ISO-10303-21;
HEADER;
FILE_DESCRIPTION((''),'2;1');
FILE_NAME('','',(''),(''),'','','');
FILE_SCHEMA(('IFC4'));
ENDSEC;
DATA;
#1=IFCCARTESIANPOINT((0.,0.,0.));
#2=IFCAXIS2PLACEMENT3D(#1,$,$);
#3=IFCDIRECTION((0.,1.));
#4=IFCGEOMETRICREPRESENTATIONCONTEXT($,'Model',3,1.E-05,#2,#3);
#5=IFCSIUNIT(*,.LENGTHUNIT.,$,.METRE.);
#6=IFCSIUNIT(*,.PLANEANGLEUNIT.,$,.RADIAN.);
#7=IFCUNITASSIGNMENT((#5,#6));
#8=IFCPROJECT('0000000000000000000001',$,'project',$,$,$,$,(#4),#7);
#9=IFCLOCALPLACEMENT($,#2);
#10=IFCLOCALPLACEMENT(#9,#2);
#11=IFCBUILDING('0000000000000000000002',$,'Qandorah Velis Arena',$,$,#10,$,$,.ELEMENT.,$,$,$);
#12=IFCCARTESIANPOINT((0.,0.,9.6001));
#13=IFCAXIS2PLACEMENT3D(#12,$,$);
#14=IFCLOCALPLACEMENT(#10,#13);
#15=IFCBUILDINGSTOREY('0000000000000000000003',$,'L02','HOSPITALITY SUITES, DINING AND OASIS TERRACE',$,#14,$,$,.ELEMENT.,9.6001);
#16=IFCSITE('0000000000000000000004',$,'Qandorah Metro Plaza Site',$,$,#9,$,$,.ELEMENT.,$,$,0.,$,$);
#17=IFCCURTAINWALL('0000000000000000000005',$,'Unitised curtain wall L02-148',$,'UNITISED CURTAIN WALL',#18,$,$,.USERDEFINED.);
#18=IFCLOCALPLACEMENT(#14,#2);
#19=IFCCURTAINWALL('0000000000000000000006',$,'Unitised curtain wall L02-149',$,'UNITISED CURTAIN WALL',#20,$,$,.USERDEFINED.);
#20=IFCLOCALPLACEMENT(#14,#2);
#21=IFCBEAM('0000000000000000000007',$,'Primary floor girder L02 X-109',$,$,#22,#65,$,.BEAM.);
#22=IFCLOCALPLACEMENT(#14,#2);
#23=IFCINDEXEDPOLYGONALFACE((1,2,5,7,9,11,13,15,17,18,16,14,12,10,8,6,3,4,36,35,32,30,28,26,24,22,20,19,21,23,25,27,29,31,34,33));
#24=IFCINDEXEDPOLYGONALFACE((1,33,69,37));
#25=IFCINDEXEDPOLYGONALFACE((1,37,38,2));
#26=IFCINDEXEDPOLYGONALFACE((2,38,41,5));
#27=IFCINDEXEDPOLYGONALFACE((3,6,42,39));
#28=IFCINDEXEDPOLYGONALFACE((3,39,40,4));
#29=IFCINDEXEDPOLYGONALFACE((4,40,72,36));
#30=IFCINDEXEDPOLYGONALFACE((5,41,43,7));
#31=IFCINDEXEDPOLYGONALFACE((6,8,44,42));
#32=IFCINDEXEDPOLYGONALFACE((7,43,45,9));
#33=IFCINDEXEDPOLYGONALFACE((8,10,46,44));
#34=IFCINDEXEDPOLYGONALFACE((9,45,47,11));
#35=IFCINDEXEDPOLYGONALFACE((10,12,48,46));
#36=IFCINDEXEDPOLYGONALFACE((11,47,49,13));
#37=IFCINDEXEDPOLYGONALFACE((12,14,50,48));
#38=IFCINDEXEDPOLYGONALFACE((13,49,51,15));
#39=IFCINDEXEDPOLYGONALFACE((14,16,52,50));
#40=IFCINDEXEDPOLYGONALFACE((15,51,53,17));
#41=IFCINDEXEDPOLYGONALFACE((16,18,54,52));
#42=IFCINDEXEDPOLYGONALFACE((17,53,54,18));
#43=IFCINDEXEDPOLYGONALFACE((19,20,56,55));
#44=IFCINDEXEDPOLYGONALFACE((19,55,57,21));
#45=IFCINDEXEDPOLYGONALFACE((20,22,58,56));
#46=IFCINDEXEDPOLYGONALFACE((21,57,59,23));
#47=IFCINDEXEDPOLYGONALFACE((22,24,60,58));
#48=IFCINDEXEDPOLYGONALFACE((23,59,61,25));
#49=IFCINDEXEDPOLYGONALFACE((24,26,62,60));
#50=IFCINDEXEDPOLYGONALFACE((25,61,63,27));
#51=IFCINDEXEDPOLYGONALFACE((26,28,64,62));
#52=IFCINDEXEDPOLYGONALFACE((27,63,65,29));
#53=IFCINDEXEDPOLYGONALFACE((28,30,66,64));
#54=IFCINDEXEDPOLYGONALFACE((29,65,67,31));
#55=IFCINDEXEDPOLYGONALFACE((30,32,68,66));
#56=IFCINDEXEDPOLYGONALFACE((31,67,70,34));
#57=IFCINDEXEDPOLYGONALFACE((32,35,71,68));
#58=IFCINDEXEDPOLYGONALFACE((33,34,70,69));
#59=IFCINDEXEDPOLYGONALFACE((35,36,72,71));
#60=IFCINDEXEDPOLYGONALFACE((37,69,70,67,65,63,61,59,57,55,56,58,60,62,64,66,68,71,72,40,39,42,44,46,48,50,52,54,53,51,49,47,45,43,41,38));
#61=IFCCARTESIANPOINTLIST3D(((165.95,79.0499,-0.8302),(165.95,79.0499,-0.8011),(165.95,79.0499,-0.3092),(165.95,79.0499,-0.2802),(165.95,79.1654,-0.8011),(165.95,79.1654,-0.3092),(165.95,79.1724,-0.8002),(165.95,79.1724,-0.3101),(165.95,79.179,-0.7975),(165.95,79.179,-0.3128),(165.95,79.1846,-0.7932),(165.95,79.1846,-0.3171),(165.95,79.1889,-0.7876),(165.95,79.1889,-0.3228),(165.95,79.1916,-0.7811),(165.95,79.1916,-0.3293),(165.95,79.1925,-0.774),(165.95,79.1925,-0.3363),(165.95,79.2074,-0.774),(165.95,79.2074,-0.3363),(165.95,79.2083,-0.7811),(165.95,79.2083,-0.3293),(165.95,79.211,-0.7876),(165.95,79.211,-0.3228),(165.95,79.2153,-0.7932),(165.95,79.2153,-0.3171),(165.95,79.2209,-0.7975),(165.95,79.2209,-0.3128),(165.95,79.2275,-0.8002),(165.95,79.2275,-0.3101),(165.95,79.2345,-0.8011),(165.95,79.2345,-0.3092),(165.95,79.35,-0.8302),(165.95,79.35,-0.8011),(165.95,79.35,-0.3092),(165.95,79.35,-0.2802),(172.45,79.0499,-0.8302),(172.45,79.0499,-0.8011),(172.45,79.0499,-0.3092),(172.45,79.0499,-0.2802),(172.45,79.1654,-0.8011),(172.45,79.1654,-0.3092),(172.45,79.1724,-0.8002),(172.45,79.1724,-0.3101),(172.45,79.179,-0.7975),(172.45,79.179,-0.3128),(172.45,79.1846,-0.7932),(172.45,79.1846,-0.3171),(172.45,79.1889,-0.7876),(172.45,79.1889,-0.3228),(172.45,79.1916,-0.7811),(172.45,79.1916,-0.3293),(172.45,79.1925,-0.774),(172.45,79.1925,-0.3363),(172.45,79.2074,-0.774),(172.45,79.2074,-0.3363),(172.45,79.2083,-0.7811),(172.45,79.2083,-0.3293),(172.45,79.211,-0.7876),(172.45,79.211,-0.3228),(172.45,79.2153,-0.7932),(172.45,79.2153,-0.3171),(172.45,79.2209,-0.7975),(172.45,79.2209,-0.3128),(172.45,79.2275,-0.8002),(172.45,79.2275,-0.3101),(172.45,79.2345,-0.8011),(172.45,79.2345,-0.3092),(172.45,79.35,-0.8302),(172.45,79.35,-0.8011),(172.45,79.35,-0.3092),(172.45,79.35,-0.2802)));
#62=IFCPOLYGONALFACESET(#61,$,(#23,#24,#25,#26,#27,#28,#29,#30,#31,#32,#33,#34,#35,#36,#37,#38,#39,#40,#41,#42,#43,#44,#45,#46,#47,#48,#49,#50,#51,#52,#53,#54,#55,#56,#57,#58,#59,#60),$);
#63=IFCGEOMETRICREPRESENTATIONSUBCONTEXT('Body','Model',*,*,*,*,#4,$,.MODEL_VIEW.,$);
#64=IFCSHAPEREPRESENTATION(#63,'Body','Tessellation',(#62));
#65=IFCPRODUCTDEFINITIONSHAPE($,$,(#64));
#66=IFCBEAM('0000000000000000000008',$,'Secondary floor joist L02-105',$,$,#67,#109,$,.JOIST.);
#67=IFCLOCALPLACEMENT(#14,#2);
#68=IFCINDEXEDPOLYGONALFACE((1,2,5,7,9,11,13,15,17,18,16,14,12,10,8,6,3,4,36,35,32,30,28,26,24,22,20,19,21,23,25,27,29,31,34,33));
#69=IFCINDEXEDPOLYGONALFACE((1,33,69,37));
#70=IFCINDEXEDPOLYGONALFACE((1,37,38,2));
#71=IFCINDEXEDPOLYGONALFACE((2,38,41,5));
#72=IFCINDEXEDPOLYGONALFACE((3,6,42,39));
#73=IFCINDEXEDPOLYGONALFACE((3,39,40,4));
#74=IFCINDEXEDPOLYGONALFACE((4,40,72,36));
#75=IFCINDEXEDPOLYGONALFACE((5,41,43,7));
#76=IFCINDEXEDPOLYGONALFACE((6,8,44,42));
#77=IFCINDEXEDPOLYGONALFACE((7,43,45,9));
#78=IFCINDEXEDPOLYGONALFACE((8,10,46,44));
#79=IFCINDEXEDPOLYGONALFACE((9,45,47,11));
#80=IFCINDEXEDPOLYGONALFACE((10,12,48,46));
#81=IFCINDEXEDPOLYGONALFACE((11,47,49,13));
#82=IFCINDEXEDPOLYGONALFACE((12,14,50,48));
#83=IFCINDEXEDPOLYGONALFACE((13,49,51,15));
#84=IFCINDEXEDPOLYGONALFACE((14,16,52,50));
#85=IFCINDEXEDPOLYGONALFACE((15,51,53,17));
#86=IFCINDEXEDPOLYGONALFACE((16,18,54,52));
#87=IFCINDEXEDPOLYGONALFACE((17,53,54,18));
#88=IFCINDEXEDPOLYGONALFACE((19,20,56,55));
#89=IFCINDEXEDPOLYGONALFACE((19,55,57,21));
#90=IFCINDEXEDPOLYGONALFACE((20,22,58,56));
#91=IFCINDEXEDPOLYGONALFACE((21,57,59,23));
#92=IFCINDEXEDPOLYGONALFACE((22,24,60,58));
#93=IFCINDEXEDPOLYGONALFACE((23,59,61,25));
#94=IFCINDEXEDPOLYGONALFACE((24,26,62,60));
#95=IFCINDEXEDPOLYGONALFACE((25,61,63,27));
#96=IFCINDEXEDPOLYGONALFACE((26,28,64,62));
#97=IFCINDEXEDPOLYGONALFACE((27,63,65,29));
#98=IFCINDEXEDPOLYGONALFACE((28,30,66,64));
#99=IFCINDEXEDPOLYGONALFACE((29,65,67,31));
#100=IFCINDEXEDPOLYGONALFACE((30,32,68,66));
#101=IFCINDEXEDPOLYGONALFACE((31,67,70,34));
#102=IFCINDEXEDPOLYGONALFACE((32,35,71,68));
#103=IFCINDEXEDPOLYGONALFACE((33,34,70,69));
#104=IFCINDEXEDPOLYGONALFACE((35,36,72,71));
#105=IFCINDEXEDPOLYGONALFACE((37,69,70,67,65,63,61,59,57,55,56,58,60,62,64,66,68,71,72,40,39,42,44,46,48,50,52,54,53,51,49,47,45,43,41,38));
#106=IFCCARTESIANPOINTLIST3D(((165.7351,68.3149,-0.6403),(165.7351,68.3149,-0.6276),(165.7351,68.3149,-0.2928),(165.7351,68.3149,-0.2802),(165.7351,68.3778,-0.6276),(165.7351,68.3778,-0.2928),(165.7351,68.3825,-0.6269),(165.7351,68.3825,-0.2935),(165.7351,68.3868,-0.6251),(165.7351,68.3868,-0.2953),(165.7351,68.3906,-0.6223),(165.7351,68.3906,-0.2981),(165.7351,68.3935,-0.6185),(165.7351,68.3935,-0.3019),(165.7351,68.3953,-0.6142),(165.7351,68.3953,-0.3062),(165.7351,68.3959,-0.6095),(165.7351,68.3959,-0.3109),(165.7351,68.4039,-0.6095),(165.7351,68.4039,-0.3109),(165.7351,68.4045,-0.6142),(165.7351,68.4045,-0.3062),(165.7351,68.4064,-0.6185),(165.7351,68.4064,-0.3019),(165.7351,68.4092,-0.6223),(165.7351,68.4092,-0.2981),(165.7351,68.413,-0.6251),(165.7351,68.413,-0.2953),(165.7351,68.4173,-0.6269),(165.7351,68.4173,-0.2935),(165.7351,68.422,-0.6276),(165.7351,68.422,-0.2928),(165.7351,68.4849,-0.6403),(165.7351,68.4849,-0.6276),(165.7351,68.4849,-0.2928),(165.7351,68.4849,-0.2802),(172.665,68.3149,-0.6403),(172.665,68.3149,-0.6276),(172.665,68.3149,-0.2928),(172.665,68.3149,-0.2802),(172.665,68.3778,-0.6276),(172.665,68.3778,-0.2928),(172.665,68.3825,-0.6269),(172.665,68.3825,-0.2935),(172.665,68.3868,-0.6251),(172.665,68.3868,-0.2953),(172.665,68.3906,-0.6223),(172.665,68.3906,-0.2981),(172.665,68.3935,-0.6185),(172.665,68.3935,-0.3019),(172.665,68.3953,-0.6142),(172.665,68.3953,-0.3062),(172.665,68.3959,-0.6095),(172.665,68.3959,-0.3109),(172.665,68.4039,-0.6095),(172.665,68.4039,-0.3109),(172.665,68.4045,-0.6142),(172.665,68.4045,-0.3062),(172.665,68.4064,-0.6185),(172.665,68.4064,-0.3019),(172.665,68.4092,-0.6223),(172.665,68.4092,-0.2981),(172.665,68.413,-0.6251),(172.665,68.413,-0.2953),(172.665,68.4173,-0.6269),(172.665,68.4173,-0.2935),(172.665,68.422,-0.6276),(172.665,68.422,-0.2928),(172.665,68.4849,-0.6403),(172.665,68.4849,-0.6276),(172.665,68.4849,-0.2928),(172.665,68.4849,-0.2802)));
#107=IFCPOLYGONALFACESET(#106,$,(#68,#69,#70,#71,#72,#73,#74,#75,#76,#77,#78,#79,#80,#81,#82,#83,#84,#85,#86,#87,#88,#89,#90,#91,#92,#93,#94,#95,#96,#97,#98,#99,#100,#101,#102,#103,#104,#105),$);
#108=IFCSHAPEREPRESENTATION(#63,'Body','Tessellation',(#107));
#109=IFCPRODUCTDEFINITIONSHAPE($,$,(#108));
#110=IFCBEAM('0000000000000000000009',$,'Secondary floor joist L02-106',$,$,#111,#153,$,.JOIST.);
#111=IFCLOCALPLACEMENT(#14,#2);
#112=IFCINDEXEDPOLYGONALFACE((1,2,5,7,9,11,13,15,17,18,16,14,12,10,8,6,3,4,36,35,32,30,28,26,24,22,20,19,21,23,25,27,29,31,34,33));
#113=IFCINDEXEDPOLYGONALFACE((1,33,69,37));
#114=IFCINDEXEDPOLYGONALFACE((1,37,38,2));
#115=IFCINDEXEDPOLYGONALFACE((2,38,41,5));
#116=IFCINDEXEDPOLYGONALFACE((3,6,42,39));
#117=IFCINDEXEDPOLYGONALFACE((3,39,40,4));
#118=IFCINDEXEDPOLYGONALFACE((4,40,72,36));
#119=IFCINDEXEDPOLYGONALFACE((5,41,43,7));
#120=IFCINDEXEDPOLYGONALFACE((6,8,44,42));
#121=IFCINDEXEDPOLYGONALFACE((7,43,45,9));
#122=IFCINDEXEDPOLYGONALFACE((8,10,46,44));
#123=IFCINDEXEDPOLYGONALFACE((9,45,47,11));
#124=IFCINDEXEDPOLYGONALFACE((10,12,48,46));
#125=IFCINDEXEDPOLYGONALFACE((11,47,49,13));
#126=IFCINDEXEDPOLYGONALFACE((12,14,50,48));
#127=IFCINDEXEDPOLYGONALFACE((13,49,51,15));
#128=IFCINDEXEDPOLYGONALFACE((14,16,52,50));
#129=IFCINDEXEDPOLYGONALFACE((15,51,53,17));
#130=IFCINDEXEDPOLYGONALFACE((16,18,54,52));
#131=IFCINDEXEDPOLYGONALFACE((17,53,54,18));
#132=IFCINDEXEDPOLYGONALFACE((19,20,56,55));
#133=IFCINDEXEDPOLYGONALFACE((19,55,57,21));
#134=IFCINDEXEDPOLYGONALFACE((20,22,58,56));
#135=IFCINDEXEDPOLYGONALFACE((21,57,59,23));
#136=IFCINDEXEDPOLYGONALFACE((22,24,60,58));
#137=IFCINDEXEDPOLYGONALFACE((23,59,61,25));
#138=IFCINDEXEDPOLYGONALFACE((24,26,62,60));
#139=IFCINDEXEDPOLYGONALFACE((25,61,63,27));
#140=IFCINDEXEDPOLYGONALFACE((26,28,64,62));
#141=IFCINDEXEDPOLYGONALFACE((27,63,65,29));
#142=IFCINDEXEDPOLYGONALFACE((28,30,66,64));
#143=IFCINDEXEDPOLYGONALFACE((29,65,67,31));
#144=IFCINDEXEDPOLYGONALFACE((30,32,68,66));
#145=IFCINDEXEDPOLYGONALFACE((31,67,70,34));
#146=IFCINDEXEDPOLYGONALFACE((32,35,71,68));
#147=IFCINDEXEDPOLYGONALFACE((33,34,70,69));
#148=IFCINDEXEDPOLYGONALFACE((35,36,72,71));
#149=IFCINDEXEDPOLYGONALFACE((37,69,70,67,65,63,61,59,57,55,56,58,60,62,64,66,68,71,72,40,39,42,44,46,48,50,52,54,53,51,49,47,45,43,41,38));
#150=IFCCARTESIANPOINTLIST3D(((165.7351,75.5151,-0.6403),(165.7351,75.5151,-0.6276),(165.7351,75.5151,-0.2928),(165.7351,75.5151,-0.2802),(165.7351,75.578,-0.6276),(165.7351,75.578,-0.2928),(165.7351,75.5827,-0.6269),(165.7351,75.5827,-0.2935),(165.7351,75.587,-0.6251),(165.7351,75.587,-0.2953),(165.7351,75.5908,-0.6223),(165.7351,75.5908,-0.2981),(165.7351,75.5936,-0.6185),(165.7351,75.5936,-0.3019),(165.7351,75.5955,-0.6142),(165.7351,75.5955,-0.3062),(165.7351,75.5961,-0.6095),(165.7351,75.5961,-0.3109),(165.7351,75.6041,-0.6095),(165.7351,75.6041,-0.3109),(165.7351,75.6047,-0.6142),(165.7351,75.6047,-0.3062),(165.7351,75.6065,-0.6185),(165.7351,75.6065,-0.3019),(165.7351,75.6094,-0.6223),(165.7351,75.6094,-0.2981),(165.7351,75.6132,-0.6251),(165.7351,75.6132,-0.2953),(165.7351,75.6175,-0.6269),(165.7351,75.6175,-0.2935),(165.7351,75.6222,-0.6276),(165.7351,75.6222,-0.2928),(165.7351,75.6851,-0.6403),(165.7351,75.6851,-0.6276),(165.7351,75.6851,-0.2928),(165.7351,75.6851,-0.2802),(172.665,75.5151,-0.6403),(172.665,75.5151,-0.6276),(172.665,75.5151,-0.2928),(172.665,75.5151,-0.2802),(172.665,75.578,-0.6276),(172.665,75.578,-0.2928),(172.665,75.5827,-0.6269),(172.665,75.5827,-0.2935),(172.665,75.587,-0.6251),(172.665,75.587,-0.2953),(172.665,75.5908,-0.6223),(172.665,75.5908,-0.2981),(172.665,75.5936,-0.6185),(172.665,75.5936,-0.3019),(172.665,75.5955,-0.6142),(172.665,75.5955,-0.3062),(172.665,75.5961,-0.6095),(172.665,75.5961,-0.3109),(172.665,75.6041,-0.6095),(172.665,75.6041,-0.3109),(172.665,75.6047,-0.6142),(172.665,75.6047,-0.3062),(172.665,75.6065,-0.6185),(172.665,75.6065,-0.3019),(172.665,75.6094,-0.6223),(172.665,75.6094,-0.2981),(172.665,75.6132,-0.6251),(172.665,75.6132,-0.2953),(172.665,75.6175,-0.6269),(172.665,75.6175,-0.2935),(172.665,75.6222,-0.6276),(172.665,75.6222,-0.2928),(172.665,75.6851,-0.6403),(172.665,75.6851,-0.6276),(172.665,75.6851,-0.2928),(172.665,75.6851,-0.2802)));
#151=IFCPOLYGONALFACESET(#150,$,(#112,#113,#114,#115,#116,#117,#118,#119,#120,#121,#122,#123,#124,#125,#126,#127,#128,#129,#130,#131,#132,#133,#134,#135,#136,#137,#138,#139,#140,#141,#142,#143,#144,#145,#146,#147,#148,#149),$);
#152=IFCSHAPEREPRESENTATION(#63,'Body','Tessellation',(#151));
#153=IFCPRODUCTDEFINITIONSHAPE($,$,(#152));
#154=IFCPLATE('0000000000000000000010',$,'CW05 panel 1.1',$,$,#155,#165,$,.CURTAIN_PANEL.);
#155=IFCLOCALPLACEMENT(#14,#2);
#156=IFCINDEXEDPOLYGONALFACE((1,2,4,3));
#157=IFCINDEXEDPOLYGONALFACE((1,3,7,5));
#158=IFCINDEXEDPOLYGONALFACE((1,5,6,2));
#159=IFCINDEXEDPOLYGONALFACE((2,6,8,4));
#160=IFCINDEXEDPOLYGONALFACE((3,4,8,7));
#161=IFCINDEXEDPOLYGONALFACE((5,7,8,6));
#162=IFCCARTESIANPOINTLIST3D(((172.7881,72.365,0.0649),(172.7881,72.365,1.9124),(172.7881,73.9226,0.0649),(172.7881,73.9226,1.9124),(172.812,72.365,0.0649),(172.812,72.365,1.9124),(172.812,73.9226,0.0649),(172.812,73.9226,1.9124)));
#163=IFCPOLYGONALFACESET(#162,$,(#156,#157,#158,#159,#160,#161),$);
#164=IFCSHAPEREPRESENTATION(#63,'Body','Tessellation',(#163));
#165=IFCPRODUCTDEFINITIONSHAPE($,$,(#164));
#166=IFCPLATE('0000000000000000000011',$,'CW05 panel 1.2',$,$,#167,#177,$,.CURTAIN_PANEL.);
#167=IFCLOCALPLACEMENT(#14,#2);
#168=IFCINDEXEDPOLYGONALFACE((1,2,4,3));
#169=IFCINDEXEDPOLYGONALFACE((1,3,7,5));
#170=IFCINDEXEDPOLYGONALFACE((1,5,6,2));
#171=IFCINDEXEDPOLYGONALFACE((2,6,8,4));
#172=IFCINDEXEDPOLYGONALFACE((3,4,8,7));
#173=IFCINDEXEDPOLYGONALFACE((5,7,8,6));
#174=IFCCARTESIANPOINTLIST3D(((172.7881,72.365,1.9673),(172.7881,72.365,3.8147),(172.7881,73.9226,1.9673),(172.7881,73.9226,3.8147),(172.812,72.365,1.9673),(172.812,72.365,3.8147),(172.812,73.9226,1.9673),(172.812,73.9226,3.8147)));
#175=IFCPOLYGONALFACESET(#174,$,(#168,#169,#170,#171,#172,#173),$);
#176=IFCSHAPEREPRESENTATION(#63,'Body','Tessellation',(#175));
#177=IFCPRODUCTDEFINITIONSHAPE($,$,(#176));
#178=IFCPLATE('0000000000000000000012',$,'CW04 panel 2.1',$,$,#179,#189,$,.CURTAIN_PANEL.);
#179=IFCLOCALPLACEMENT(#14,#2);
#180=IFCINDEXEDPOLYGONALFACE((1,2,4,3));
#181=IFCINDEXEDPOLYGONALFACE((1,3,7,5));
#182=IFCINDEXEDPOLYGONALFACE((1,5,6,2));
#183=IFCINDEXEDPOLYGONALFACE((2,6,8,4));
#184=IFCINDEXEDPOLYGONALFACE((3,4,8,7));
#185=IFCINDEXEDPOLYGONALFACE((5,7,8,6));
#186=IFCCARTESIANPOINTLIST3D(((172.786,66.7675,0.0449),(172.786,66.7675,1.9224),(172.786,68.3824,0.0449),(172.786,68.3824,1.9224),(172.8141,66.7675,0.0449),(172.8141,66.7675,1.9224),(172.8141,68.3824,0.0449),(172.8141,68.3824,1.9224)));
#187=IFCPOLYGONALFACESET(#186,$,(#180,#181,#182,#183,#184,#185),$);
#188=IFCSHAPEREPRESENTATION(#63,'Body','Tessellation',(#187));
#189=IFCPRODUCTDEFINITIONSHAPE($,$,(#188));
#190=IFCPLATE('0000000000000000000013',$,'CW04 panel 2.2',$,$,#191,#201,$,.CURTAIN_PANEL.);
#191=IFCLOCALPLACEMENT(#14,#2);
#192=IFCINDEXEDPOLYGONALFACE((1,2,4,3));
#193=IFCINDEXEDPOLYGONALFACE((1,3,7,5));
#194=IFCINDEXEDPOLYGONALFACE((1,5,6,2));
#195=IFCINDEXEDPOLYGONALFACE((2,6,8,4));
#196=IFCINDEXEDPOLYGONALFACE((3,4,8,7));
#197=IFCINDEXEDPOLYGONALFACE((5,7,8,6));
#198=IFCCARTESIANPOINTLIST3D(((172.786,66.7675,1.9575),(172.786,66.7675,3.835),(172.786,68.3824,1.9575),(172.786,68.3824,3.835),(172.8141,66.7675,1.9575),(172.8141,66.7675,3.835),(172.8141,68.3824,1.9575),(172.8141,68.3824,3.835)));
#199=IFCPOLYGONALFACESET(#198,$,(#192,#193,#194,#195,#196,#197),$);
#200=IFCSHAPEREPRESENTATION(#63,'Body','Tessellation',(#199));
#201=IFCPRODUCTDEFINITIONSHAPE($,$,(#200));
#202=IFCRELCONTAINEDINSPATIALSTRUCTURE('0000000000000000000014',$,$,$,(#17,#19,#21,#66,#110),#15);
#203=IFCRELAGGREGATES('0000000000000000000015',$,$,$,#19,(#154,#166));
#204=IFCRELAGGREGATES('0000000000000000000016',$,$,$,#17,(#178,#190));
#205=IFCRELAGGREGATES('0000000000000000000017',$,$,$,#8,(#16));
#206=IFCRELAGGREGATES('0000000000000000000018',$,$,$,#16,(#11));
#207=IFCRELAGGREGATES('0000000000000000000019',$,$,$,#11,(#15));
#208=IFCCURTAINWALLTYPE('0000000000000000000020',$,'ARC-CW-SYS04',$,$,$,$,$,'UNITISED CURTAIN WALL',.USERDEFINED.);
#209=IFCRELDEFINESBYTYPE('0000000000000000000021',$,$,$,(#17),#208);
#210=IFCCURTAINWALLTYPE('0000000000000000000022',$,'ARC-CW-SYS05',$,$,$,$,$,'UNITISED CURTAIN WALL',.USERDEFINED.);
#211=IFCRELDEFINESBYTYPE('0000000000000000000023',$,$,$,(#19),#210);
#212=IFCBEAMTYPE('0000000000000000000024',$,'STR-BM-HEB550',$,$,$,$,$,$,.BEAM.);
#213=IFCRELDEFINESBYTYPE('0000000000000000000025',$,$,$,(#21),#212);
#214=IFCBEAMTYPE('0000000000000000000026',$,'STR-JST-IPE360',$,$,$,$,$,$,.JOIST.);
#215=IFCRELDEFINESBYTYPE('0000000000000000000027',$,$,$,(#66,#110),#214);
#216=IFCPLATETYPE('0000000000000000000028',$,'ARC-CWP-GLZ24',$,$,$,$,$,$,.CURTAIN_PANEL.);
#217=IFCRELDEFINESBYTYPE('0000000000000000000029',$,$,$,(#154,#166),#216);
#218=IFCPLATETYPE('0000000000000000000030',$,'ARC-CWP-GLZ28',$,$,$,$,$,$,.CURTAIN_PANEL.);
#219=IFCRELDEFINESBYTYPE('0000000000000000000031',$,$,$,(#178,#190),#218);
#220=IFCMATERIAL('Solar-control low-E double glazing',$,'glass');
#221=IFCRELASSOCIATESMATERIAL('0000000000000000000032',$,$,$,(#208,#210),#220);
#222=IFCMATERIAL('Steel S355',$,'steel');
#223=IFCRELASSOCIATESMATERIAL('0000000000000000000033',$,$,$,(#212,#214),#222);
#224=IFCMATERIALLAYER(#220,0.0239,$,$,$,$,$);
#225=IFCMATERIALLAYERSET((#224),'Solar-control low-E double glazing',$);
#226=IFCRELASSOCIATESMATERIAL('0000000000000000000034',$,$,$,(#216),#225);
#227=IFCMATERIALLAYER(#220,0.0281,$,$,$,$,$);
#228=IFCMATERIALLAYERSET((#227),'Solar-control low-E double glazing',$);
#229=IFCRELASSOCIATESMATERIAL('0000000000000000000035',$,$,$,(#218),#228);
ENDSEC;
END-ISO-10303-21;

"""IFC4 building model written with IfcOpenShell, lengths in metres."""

from ifc_helpers import new_model, si_unit, direction, frame, origin, origin_2d, place, context, subcontext, project, spatial, rectangle, i_section, extrude, material, layer, layer_set, material_profile, profile_set, type_object, element, aggregate, save


model = new_model("IFC4")

# Units and contexts
model_context = context("Model", 3, precision=1e-05, world=origin(), true_north=direction((0.0, 1.0)))
body_context = subcontext(model_context, "Body", "Model", "MODEL_VIEW")
ifc_project = project(units=[si_unit("LENGTHUNIT", "METRE"), si_unit("PLANEANGLEUNIT", "RADIAN")], contexts=[model_context])

# Site, building, storey
site_placement = place(None, origin())
site = spatial("IfcSite", under=ifc_project, at=site_placement, Name="Qandorah Metro Plaza Site", CompositionType="ELEMENT", RefElevation=0.0)
building_placement = place(site_placement, origin())
building = spatial("IfcBuilding", under=site, at=building_placement, Name="Qandorah Velis Arena", CompositionType="ELEMENT")
storey_placement = place(building_placement, frame((0.0, 0.0, 9.6001)))
storey = spatial("IfcBuildingStorey", under=building, at=storey_placement, Name="L02", Description="HOSPITALITY SUITES, DINING AND OASIS TERRACE", CompositionType="ELEMENT", Elevation=9.6001)

# Shared definitions
ifc_material_1 = material(Name="Steel S355", Category="steel")

# Curtain wall
ifc_material_2 = material(Name="Solar-control low-E double glazing", Category="glass")
curtain_wall_type_1 = type_object("IfcCurtainWallType", Name="ARC-CW-SYS04", ElementType="UNITISED CURTAIN WALL", PredefinedType="USERDEFINED", material=ifc_material_2)
curtain_wall_1_placement = place(storey_placement, origin())
curtain_wall_1 = element("IfcCurtainWall", 1, at=curtain_wall_1_placement, inside=storey, type_object=curtain_wall_type_1, Name="Unitised curtain wall L02-148", ObjectType="UNITISED CURTAIN WALL", PredefinedType="USERDEFINED")

# Curtain wall
curtain_wall_type_2 = type_object("IfcCurtainWallType", Name="ARC-CW-SYS05", ElementType="UNITISED CURTAIN WALL", PredefinedType="USERDEFINED", material=ifc_material_2)
curtain_wall_2_placement = place(storey_placement, origin())
curtain_wall_2 = element("IfcCurtainWall", 2, at=curtain_wall_2_placement, inside=storey, type_object=curtain_wall_type_2, Name="Unitised curtain wall L02-149", ObjectType="UNITISED CURTAIN WALL", PredefinedType="USERDEFINED")

# Beams
ifc_material_profile_1 = material_profile(ifc_material_1, i_section(OverallWidth=0.3, OverallDepth=0.55, WebThickness=0.0149, FlangeThickness=0.0291, FilletRadius=0.0271, at=origin_2d()), Name="HEB 550")
ifc_profile_set_1 = profile_set([ifc_material_profile_1], Name="Steel S355")
beam_type_1 = type_object("IfcBeamType", Name="STR-BM-HEB550", PredefinedType="BEAM", material=ifc_profile_set_1)
beam_1_placement = place(storey_placement, frame((165.95, 79.2, -0.5552), z_axis=(1.0, 0.0, 0.0), x_axis=(0.0, 1.0, 0.0)))
element("IfcBeam", 3, at=beam_1_placement, inside=storey, type_object=beam_type_1, Name="Primary floor girder L02 X-109", PredefinedType="BEAM", context=body_context, shape_type="SweptSolid", body=[
    extrude(i_section(OverallWidth=0.3, OverallDepth=0.55, WebThickness=0.0149, FlangeThickness=0.0291, FilletRadius=0.0271, at=origin_2d()), origin(), (0.0, 0.0, 1.0), 6.5),
])
ifc_material_profile_2 = material_profile(ifc_material_1, i_section(OverallWidth=0.1699, OverallDepth=0.3601, WebThickness=0.0081, FlangeThickness=0.0127, FilletRadius=0.0181, at=origin_2d()), Name="IPE 360")
ifc_profile_set_2 = profile_set([ifc_material_profile_2], Name="Steel S355")
beam_type_2 = type_object("IfcBeamType", Name="STR-JST-IPE360", PredefinedType="JOIST", material=ifc_profile_set_2)
for number, where, z_axis, x_axis, name in (
    (4, (165.7351, 68.3999, -0.4602), (1.0, 0.0, 0.0), (0.0, 1.0, 0.0), "Secondary floor joist L02-105"),
    (5, (165.7351, 75.6001, -0.4602), (1.0, 0.0, 0.0), (0.0, 1.0, 0.0), "Secondary floor joist L02-106"),
):
    element("IfcBeam", number, at=place(storey_placement, frame(where, z_axis=z_axis, x_axis=x_axis)), inside=storey, type_object=beam_type_2, Name=name, PredefinedType="JOIST", context=body_context, shape_type="SweptSolid", body=[
        extrude(i_section(OverallWidth=0.1699, OverallDepth=0.3601, WebThickness=0.0081, FlangeThickness=0.0127, FilletRadius=0.0181, at=origin_2d()), origin(), (0.0, 0.0, 1.0), 6.9299),
    ])

# Plates
ifc_layer_1 = layer(ifc_material_2, 0.0239)
ifc_layer_set_1 = layer_set([ifc_layer_1], Name="Solar-control low-E double glazing")
plate_type_1 = type_object("IfcPlateType", Name="ARC-CWP-GLZ24", PredefinedType="CURTAIN_PANEL", material=ifc_layer_set_1)
plate_1_placement = place(storey_placement, frame((172.8, 73.1438, 0.0649), z_axis=(0.0, 0.0, 1.0), x_axis=(0.0, 1.0, 0.0)))
plate_1 = element("IfcPlate", 6, at=plate_1_placement, type_object=plate_type_1, Name="CW05 panel 1.1", PredefinedType="CURTAIN_PANEL", context=body_context, shape_type="SweptSolid", body=[
    extrude(rectangle(XDim=1.5576, YDim=0.0239, at=origin_2d()), origin(), (0.0, 0.0, 1.0), 1.8474),
])
plate_2_placement = place(storey_placement, frame((172.8, 73.1438, 1.9673), z_axis=(0.0, 0.0, 1.0), x_axis=(0.0, 1.0, 0.0)))
plate_2 = element("IfcPlate", 7, at=plate_2_placement, type_object=plate_type_1, Name="CW05 panel 1.2", PredefinedType="CURTAIN_PANEL", context=body_context, shape_type="SweptSolid", body=[
    extrude(rectangle(XDim=1.5576, YDim=0.0239, at=origin_2d()), origin(), (0.0, 0.0, 1.0), 1.8474),
])
aggregate(curtain_wall_2, [plate_1, plate_2])
ifc_layer_2 = layer(ifc_material_2, 0.0281)
ifc_layer_set_2 = layer_set([ifc_layer_2], Name="Solar-control low-E double glazing")
plate_type_2 = type_object("IfcPlateType", Name="ARC-CWP-GLZ28", PredefinedType="CURTAIN_PANEL", material=ifc_layer_set_2)
plate_3_placement = place(storey_placement, frame((172.8, 67.575, 0.0449), z_axis=(0.0, 0.0, 1.0), x_axis=(0.0, 1.0, 0.0)))
plate_3 = element("IfcPlate", 8, at=plate_3_placement, type_object=plate_type_2, Name="CW04 panel 2.1", PredefinedType="CURTAIN_PANEL", context=body_context, shape_type="SweptSolid", body=[
    extrude(rectangle(XDim=1.615, YDim=0.0281, at=origin_2d()), origin(), (0.0, 0.0, 1.0), 1.8774),
])
plate_4_placement = place(storey_placement, frame((172.8, 67.575, 1.9575), z_axis=(0.0, 0.0, 1.0), x_axis=(0.0, 1.0, 0.0)))
plate_4 = element("IfcPlate", 9, at=plate_4_placement, type_object=plate_type_2, Name="CW04 panel 2.2", PredefinedType="CURTAIN_PANEL", context=body_context, shape_type="SweptSolid", body=[
    extrude(rectangle(XDim=1.615, YDim=0.0281, at=origin_2d()), origin(), (0.0, 0.0, 1.0), 1.8774),
])
aggregate(curtain_wall_1, [plate_3, plate_4])

save(model, "model.ifc")
